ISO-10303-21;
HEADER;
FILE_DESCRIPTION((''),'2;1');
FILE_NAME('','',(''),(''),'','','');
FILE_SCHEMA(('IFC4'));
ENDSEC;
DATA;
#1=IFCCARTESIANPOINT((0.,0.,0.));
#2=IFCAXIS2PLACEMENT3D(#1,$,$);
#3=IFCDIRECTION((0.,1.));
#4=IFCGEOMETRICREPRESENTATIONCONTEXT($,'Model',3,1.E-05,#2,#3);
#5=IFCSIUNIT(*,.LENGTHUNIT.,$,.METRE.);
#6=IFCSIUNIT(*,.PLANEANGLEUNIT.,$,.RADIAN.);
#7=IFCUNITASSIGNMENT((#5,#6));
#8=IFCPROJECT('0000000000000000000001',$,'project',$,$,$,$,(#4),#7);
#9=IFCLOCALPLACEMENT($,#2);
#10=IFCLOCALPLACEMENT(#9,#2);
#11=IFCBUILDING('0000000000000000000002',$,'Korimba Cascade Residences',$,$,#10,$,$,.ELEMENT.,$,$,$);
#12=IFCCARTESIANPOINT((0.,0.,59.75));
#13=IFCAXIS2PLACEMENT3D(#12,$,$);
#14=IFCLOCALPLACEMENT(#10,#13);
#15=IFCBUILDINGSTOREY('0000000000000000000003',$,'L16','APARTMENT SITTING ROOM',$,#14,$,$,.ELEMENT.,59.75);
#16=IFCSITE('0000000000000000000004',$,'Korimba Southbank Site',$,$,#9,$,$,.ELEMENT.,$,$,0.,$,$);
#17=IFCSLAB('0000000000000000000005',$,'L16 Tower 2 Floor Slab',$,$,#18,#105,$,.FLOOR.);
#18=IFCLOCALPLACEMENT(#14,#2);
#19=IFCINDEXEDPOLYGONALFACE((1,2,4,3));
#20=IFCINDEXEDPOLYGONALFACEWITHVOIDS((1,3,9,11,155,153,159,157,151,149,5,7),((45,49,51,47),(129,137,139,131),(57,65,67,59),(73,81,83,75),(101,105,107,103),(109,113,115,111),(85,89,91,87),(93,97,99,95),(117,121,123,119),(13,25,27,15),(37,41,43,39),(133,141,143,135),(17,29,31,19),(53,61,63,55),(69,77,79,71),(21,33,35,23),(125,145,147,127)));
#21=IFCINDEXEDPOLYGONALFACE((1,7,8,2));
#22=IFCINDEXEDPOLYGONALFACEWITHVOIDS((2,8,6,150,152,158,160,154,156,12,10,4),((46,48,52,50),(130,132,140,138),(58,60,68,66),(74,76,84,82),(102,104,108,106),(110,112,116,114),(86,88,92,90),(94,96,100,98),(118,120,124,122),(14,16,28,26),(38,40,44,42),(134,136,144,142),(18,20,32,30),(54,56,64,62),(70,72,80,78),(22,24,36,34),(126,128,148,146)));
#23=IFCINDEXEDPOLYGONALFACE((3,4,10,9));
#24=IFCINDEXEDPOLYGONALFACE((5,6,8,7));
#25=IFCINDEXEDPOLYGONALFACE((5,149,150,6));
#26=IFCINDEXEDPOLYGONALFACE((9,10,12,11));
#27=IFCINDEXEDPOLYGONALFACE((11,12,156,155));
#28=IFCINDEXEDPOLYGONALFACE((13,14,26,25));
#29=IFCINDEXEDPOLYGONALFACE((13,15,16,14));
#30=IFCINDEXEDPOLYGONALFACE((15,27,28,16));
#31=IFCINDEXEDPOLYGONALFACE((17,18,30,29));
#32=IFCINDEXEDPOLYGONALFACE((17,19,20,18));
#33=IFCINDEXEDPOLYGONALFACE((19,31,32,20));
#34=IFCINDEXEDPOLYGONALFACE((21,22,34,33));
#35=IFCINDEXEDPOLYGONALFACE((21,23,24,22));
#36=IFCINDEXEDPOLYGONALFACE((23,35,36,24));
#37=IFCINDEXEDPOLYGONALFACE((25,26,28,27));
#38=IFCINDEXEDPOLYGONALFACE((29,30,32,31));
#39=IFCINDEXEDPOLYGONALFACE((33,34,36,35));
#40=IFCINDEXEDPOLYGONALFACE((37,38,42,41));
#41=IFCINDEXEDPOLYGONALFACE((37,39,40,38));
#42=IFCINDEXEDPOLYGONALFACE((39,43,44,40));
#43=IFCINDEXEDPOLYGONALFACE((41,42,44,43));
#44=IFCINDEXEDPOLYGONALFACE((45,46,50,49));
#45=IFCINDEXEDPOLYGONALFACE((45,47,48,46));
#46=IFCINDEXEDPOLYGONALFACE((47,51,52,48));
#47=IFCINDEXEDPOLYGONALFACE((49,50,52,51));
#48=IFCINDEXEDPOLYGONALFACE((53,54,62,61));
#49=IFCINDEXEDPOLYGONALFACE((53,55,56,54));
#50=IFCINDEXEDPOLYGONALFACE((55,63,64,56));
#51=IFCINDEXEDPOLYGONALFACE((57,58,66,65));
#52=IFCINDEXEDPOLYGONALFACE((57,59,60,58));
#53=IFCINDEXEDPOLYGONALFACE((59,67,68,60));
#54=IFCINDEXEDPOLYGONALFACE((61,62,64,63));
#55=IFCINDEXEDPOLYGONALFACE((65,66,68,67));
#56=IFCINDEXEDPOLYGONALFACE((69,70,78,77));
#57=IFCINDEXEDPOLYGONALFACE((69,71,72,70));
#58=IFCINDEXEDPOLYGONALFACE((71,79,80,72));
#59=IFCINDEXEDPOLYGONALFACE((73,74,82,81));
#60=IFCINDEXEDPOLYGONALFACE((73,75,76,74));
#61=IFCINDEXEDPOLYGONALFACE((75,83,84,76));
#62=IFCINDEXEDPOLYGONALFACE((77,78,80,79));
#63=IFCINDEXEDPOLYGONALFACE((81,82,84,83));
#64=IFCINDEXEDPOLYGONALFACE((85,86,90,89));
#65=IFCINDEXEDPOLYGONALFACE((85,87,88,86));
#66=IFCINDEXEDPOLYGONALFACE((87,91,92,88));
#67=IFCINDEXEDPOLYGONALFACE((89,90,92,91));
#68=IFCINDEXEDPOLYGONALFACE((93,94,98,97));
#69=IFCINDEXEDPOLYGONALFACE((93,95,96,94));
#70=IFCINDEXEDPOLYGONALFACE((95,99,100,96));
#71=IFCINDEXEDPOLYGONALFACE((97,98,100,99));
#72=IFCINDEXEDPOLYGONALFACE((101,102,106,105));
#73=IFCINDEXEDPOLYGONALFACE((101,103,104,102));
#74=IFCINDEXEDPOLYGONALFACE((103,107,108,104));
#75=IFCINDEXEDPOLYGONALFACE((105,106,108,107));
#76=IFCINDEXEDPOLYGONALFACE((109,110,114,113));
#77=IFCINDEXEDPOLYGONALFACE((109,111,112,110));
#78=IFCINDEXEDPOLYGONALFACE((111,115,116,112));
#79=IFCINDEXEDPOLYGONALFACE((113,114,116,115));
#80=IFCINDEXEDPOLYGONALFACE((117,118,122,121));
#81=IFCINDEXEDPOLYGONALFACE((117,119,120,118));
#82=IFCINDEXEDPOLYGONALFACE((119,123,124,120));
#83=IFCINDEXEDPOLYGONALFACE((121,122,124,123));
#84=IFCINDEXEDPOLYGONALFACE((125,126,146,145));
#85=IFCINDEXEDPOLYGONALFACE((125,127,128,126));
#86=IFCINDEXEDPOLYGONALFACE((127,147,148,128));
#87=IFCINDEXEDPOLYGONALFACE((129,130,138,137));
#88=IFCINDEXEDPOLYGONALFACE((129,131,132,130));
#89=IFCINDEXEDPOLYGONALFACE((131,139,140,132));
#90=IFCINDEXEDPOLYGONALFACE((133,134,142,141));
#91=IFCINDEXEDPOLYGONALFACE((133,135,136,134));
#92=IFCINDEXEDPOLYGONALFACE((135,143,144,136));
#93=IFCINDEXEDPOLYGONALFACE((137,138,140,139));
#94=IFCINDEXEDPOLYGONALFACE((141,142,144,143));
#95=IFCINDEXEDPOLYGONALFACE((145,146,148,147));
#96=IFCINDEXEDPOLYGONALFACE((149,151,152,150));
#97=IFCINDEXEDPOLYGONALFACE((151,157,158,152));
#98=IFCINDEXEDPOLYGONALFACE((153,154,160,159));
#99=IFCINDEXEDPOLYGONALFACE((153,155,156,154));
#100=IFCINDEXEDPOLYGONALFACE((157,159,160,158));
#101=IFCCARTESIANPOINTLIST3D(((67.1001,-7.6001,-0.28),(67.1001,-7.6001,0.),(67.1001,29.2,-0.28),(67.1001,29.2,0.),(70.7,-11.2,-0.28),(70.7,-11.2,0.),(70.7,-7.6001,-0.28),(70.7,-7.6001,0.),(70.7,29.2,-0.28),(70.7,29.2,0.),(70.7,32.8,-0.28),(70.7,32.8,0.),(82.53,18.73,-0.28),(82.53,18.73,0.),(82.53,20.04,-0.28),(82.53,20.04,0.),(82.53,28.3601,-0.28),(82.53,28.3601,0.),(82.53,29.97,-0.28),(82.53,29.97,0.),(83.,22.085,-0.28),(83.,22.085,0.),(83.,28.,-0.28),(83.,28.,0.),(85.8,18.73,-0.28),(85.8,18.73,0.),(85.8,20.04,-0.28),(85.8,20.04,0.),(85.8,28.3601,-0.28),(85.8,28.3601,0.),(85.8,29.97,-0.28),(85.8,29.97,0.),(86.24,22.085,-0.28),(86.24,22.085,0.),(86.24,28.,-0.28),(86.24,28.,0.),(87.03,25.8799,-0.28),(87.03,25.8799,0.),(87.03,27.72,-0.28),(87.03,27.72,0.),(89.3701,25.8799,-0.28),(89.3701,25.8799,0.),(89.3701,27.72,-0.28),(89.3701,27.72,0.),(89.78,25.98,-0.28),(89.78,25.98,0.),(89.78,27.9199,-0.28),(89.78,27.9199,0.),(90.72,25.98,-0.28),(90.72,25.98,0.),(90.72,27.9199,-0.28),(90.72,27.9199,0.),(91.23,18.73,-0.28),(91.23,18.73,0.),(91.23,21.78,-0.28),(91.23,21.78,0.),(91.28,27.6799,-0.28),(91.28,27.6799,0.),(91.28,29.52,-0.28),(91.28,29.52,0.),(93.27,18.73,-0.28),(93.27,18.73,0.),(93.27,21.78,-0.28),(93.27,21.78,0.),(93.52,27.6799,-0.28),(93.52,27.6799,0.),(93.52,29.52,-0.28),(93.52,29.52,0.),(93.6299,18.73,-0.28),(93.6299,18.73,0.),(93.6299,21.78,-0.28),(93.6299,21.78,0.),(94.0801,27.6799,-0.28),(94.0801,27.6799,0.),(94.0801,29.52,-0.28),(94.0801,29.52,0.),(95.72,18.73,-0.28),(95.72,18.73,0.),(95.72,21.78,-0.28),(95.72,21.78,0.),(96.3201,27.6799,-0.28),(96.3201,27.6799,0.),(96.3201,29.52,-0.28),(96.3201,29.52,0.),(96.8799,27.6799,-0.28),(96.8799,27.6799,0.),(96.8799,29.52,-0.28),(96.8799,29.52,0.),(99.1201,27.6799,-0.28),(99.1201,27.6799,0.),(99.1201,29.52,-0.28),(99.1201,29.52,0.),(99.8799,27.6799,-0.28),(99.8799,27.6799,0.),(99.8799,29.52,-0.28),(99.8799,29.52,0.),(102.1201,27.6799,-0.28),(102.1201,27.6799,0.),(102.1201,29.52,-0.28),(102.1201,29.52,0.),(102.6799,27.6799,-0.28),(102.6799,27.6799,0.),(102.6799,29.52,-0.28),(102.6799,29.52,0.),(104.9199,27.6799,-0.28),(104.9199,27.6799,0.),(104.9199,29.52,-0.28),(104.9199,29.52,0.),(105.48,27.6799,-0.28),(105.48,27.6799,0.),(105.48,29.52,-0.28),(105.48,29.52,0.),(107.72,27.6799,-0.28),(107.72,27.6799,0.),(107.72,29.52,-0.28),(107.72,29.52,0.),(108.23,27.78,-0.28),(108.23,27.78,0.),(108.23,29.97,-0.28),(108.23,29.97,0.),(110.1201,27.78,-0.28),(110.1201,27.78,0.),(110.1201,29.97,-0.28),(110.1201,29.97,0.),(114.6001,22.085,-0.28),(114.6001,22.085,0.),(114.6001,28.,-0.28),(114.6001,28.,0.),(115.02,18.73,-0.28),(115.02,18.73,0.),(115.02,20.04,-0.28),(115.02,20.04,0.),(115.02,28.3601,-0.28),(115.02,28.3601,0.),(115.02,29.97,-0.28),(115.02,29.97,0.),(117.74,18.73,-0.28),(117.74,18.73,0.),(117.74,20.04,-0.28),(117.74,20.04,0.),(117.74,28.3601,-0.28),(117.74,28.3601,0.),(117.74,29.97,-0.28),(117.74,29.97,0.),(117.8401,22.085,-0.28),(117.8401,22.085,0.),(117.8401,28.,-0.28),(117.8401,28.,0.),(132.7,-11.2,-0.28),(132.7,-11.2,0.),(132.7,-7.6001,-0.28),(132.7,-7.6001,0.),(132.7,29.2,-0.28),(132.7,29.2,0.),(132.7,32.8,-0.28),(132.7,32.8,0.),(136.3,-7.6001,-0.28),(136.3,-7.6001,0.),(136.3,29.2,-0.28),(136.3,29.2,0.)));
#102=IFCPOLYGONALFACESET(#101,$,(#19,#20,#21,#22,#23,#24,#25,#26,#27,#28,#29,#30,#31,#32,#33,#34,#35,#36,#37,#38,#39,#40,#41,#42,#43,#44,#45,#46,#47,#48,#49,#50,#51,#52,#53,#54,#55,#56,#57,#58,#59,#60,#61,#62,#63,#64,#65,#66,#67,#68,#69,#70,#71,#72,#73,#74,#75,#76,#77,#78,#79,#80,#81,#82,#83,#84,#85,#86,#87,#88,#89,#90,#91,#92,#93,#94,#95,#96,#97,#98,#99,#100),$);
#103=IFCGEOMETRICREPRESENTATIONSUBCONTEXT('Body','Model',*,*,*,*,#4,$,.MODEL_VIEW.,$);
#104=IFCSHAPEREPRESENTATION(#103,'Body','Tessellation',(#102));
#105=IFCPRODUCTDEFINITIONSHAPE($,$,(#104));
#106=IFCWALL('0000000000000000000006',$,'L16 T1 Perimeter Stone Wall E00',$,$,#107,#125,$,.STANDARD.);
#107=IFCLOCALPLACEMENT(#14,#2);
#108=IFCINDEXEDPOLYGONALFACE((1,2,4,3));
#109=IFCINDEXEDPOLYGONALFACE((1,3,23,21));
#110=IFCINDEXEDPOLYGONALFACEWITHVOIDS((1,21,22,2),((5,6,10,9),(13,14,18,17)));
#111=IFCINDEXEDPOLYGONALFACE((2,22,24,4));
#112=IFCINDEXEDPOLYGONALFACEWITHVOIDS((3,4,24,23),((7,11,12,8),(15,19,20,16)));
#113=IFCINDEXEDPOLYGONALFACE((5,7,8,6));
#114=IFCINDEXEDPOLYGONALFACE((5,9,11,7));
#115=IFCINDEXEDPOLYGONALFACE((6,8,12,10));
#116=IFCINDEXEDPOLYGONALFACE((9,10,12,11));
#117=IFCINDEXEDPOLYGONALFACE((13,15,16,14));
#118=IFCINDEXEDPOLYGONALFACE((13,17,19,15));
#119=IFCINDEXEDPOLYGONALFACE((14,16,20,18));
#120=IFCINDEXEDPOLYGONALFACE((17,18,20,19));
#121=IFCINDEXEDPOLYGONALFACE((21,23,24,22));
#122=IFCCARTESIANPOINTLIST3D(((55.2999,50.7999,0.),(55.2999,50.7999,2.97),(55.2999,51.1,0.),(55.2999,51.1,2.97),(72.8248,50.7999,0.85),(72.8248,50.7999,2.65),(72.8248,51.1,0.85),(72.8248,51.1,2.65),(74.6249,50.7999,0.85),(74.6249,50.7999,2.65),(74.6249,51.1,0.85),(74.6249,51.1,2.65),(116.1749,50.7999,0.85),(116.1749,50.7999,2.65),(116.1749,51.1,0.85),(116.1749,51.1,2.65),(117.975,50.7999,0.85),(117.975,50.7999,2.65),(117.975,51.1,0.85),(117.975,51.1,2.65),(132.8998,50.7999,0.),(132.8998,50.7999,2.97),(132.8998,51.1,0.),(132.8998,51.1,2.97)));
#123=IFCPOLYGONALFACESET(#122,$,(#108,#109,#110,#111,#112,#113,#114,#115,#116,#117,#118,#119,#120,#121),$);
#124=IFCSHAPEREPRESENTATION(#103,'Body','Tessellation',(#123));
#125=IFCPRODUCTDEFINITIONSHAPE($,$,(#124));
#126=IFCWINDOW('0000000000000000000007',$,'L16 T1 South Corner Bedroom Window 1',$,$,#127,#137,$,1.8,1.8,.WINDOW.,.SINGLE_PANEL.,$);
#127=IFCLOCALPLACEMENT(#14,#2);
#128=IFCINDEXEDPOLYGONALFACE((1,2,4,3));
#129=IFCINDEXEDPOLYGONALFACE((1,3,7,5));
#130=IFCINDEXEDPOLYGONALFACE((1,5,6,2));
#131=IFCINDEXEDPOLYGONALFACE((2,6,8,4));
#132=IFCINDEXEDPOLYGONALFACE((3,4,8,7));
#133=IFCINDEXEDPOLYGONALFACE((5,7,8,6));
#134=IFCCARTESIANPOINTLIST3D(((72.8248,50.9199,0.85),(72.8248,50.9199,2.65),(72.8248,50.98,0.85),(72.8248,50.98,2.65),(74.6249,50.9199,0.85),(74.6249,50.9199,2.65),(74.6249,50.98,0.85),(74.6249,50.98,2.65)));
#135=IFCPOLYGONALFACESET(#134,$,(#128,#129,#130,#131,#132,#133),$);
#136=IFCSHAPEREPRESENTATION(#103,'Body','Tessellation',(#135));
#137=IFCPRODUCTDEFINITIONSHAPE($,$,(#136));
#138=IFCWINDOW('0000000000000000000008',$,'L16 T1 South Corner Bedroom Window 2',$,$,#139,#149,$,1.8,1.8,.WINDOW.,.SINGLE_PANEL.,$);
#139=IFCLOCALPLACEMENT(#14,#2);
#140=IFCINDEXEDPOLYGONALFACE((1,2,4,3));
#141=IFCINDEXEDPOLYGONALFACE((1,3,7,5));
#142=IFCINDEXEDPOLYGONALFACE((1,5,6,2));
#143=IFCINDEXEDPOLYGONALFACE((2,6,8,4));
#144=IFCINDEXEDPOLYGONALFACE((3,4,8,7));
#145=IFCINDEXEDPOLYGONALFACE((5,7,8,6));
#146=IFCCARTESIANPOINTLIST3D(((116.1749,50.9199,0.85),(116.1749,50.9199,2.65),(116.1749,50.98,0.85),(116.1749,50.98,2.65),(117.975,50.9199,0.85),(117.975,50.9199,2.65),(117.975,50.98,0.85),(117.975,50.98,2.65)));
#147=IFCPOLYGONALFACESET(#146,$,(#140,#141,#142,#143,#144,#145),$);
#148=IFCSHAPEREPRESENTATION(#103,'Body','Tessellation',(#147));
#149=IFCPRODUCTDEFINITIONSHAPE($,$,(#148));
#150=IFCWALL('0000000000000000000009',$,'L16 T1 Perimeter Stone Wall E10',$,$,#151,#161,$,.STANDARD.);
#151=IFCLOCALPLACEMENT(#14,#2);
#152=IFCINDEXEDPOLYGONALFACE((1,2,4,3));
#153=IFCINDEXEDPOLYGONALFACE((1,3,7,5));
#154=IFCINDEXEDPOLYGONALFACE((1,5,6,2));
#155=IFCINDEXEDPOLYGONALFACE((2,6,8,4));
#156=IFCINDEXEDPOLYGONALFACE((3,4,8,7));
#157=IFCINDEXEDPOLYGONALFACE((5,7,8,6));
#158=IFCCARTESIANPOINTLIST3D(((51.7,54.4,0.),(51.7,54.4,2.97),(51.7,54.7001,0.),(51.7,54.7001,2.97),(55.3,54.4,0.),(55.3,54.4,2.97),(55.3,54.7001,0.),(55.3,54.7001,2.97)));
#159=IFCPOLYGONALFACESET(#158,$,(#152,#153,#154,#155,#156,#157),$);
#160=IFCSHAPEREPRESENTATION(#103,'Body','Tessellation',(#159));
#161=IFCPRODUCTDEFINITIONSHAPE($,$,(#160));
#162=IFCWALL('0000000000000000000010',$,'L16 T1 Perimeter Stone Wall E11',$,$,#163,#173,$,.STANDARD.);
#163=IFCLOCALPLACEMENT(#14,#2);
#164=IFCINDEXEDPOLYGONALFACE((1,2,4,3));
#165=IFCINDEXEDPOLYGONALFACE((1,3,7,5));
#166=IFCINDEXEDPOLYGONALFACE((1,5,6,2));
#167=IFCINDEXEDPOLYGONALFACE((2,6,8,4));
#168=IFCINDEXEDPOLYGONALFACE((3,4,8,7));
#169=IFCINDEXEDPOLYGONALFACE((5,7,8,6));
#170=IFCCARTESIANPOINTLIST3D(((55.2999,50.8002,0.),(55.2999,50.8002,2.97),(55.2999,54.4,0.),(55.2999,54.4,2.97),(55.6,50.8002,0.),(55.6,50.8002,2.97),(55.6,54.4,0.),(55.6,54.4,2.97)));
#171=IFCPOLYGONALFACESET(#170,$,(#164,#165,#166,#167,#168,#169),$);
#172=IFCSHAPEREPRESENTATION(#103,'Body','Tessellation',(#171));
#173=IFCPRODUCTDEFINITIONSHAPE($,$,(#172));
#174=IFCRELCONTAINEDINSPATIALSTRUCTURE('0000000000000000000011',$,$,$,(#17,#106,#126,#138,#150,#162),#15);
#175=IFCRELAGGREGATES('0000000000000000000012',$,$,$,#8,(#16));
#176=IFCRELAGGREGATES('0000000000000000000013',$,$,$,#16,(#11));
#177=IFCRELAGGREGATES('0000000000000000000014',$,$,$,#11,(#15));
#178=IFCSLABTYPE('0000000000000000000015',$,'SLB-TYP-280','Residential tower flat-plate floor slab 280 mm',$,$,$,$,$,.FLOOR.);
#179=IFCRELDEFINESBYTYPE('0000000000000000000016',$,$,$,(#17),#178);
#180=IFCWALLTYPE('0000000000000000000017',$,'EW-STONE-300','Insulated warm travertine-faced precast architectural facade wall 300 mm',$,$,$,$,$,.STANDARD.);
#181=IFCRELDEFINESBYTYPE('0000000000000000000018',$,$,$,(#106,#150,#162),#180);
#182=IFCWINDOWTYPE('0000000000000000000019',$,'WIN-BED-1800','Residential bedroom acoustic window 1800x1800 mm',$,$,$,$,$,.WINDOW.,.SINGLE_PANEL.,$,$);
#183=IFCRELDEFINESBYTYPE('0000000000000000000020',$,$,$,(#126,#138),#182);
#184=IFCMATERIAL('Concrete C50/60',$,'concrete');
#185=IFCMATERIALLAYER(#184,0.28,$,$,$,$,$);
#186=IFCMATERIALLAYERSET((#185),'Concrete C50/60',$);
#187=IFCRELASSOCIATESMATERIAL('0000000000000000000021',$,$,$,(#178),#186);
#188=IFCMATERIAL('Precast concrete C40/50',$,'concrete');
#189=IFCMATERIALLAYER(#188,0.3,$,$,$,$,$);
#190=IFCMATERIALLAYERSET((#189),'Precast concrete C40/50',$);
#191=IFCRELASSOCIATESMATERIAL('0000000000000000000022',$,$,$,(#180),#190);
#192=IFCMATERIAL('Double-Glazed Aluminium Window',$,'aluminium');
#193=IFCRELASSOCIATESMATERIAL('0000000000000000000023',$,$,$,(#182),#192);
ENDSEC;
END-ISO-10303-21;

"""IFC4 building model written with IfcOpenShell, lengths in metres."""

from ifc_helpers import new_model, si_unit, direction, frame, frame_2d, origin, place, context, subcontext, project, spatial, polyline, rectangle, outline, extrude, material, layer, layer_set, type_object, element, fill, save


model = new_model("IFC4")

# Units and contexts
model_context = context("Model", 3, precision=1e-05, world=origin(), true_north=direction((0.0, 1.0)))
body_context = subcontext(model_context, "Body", "Model", "MODEL_VIEW")
ifc_project = project(units=[si_unit("LENGTHUNIT", "METRE"), si_unit("PLANEANGLEUNIT", "RADIAN")], contexts=[model_context])

# Site, building, storey
site_placement = place(None, origin())
site = spatial("IfcSite", under=ifc_project, at=site_placement, Name="Korimba Southbank Site", CompositionType="ELEMENT", RefElevation=0.0)
building_placement = place(site_placement, origin())
building = spatial("IfcBuilding", under=site, at=building_placement, Name="Korimba Cascade Residences", CompositionType="ELEMENT")
storey_placement = place(building_placement, frame((0.0, 0.0, 59.75)))
storey = spatial("IfcBuildingStorey", under=building, at=storey_placement, Name="L16", Description="APARTMENT SITTING ROOM", CompositionType="ELEMENT", Elevation=59.75)

# Shared definitions
ifc_material_1 = material(Name="Concrete C50/60", Category="concrete")

# Slab
ifc_material_2 = material(Name="Precast concrete C40/50", Category="concrete")
ifc_layer_1 = layer(ifc_material_1, 0.28)
ifc_layer_set_1 = layer_set([ifc_layer_1], Name="Concrete C50/60")
slab_type_1 = type_object("IfcSlabType", Name="SLB-TYP-280", Description="Residential tower flat-plate floor slab 280 mm", PredefinedType="FLOOR", material=ifc_layer_set_1)
slab_1_placement = place(storey_placement, frame((0.0, 0.0, -0.28)))
element("IfcSlab", 1, at=slab_1_placement, inside=storey, type_object=slab_type_1, Name="L16 Tower 2 Floor Slab", PredefinedType="FLOOR", context=body_context, shape_type="SweptSolid", body=[
    extrude(outline(polyline([(70.7, -11.2), (132.7, -11.2), (132.7, -7.6001), (136.3, -7.6001), (136.3, 29.2), (132.7, 29.2), (132.7, 32.8), (70.7, 32.8), (70.7, 29.2), (67.1001, 29.2), (67.1001, -7.6001), (70.7, -7.6001), (70.7, -11.2)]), holes=[polyline([(86.24, 22.085), (86.24, 28.0), (83.0, 28.0), (83.0, 22.085), (86.24, 22.085)]), polyline([(117.8401, 22.085), (117.8401, 28.0), (114.6001, 28.0), (114.6001, 22.085), (117.8401, 22.085)]), polyline([(87.03, 25.8799), (89.3701, 25.8799), (89.3701, 27.72), (87.03, 27.72), (87.03, 25.8799)]), polyline([(91.28, 27.6799), (93.52, 27.6799), (93.52, 29.52), (91.28, 29.52), (91.28, 27.6799)]), polyline([(94.0801, 27.6799), (96.3201, 27.6799), (96.3201, 29.52), (94.0801, 29.52), (94.0801, 27.6799)]), polyline([(96.8799, 27.6799), (99.1201, 27.6799), (99.1201, 29.52), (96.8799, 29.52), (96.8799, 27.6799)]), polyline([(99.8799, 27.6799), (102.1201, 27.6799), (102.1201, 29.52), (99.8799, 29.52), (99.8799, 27.6799)]), polyline([(102.6799, 27.6799), (104.9199, 27.6799), (104.9199, 29.52), (102.6799, 29.52), (102.6799, 27.6799)]), polyline([(105.48, 27.6799), (107.72, 27.6799), (107.72, 29.52), (105.48, 29.52), (105.48, 27.6799)]), polyline([(89.78, 25.98), (90.72, 25.98), (90.72, 27.9199), (89.78, 27.9199), (89.78, 25.98)]), polyline([(82.53, 18.73), (85.8, 18.73), (85.8, 20.04), (82.53, 20.04), (82.53, 18.73)]), polyline([(82.53, 28.3601), (85.8, 28.3601), (85.8, 29.97), (82.53, 29.97), (82.53, 28.3601)]), polyline([(108.23, 27.78), (110.1201, 27.78), (110.1201, 29.97), (108.23, 29.97), (108.23, 27.78)]), polyline([(91.23, 18.73), (93.27, 18.73), (93.27, 21.78), (91.23, 21.78), (91.23, 18.73)]), polyline([(93.6299, 18.73), (95.72, 18.73), (95.72, 21.78), (93.6299, 21.78), (93.6299, 18.73)]), polyline([(115.02, 18.73), (117.74, 18.73), (117.74, 20.04), (115.02, 20.04), (115.02, 18.73)]), polyline([(115.02, 28.3601), (117.74, 28.3601), (117.74, 29.97), (115.02, 29.97), (115.02, 28.3601)])]), origin(), (0.0, 0.0, 1.0), 0.28),
])

# Wall, openings, windows
ifc_layer_2 = layer(ifc_material_2, 0.3)
ifc_layer_set_2 = layer_set([ifc_layer_2], Name="Precast concrete C40/50")
wall_type_1 = type_object("IfcWallType", Name="EW-STONE-300", Description="Insulated warm travertine-faced precast architectural facade wall 300 mm", PredefinedType="STANDARD", material=ifc_layer_set_2)
wall_1_placement = place(storey_placement, frame((55.3, 50.95, 0.0), z_axis=(0.0, 0.0, 1.0), x_axis=(1.0, 0.0, 0.0)))
wall_1 = element("IfcWall", 2, at=wall_1_placement, inside=storey, type_object=wall_type_1, Name="L16 T1 Perimeter Stone Wall E00", PredefinedType="STANDARD", context=body_context, shape_type="SweptSolid", body=[
    extrude(rectangle(XDim=77.5999, YDim=0.3, at=frame_2d((38.7998, 0.0))), origin(), (0.0, 0.0, 1.0), 2.97),
])
opening_1_placement = place(wall_1_placement, frame((17.5249, 0.0, 0.8501)))
opening_1 = element("IfcOpeningElement", 3, at=opening_1_placement, cuts=wall_1, PredefinedType="OPENING", context=body_context, shape_type="SweptSolid", body=[
    extrude(rectangle(XDim=1.8, YDim=1.8, at=frame_2d((0.8999, 0.8999))), frame((0.0, 0.1602, 0.0), z_axis=(0.0, -1.0, 0.0), x_axis=(1.0, 0.0, 0.0)), (0.0, 0.0, 1.0), 0.3201),
])
opening_2_placement = place(wall_1_placement, frame((60.875, 0.0, 0.8501)))
opening_2 = element("IfcOpeningElement", 4, at=opening_2_placement, cuts=wall_1, PredefinedType="OPENING", context=body_context, shape_type="SweptSolid", body=[
    extrude(rectangle(XDim=1.8, YDim=1.8, at=frame_2d((0.8999, 0.8999))), frame((0.0, 0.1602, 0.0), z_axis=(0.0, -1.0, 0.0), x_axis=(1.0, 0.0, 0.0)), (0.0, 0.0, 1.0), 0.3201),
])
ifc_material_3 = material(Name="Double-Glazed Aluminium Window", Category="aluminium")
window_type = type_object("IfcWindowType", Name="WIN-BED-1800", Description="Residential bedroom acoustic window 1800x1800 mm", PartitioningType="SINGLE_PANEL", PredefinedType="WINDOW", material=ifc_material_3)
window_1_placement = place(opening_1_placement, origin())
window_1 = element("IfcWindow", 5, at=window_1_placement, inside=storey, type_object=window_type, Name="L16 T1 South Corner Bedroom Window 1", OverallHeight=1.8, OverallWidth=1.8, PartitioningType="SINGLE_PANEL", PredefinedType="WINDOW", context=body_context, shape_type="SweptSolid", body=[
    extrude(rectangle(XDim=1.8, YDim=1.8, at=frame_2d((0.8999, 0.8999))), frame((0.0, 0.03, 0.0), z_axis=(0.0, -1.0, 0.0), x_axis=(1.0, 0.0, 0.0)), (0.0, 0.0, 1.0), 0.0601),
])
fill(opening_1, window_1)
window_2_placement = place(opening_2_placement, origin())
window_2 = element("IfcWindow", 6, at=window_2_placement, inside=storey, type_object=window_type, Name="L16 T1 South Corner Bedroom Window 2", OverallHeight=1.8, OverallWidth=1.8, PartitioningType="SINGLE_PANEL", PredefinedType="WINDOW", context=body_context, shape_type="SweptSolid", body=[
    extrude(rectangle(XDim=1.8, YDim=1.8, at=frame_2d((0.8999, 0.8999))), frame((0.0, 0.03, 0.0), z_axis=(0.0, -1.0, 0.0), x_axis=(1.0, 0.0, 0.0)), (0.0, 0.0, 1.0), 0.0601),
])
fill(opening_2, window_2)

# Walls
wall_2_placement = place(storey_placement, frame((51.7, 54.55, 0.0), z_axis=(0.0, 0.0, 1.0), x_axis=(1.0, 0.0, 0.0)))
element("IfcWall", 7, at=wall_2_placement, inside=storey, type_object=wall_type_1, Name="L16 T1 Perimeter Stone Wall E10", PredefinedType="STANDARD", context=body_context, shape_type="SweptSolid", body=[
    extrude(rectangle(XDim=3.6001, YDim=0.3, at=frame_2d((1.8, 0.0))), origin(), (0.0, 0.0, 1.0), 2.97),
])
wall_3_placement = place(storey_placement, frame((55.45, 54.3999, 0.0), z_axis=(0.0, 0.0, 1.0), x_axis=(0.0, -1.0, 0.0)))
element("IfcWall", 8, at=wall_3_placement, inside=storey, type_object=wall_type_1, Name="L16 T1 Perimeter Stone Wall E11", PredefinedType="STANDARD", context=body_context, shape_type="SweptSolid", body=[
    extrude(rectangle(XDim=3.5999, YDim=0.3, at=frame_2d((1.7998, 0.0))), origin(), (0.0, 0.0, 1.0), 2.97),
])

save(model, "model.ifc")
